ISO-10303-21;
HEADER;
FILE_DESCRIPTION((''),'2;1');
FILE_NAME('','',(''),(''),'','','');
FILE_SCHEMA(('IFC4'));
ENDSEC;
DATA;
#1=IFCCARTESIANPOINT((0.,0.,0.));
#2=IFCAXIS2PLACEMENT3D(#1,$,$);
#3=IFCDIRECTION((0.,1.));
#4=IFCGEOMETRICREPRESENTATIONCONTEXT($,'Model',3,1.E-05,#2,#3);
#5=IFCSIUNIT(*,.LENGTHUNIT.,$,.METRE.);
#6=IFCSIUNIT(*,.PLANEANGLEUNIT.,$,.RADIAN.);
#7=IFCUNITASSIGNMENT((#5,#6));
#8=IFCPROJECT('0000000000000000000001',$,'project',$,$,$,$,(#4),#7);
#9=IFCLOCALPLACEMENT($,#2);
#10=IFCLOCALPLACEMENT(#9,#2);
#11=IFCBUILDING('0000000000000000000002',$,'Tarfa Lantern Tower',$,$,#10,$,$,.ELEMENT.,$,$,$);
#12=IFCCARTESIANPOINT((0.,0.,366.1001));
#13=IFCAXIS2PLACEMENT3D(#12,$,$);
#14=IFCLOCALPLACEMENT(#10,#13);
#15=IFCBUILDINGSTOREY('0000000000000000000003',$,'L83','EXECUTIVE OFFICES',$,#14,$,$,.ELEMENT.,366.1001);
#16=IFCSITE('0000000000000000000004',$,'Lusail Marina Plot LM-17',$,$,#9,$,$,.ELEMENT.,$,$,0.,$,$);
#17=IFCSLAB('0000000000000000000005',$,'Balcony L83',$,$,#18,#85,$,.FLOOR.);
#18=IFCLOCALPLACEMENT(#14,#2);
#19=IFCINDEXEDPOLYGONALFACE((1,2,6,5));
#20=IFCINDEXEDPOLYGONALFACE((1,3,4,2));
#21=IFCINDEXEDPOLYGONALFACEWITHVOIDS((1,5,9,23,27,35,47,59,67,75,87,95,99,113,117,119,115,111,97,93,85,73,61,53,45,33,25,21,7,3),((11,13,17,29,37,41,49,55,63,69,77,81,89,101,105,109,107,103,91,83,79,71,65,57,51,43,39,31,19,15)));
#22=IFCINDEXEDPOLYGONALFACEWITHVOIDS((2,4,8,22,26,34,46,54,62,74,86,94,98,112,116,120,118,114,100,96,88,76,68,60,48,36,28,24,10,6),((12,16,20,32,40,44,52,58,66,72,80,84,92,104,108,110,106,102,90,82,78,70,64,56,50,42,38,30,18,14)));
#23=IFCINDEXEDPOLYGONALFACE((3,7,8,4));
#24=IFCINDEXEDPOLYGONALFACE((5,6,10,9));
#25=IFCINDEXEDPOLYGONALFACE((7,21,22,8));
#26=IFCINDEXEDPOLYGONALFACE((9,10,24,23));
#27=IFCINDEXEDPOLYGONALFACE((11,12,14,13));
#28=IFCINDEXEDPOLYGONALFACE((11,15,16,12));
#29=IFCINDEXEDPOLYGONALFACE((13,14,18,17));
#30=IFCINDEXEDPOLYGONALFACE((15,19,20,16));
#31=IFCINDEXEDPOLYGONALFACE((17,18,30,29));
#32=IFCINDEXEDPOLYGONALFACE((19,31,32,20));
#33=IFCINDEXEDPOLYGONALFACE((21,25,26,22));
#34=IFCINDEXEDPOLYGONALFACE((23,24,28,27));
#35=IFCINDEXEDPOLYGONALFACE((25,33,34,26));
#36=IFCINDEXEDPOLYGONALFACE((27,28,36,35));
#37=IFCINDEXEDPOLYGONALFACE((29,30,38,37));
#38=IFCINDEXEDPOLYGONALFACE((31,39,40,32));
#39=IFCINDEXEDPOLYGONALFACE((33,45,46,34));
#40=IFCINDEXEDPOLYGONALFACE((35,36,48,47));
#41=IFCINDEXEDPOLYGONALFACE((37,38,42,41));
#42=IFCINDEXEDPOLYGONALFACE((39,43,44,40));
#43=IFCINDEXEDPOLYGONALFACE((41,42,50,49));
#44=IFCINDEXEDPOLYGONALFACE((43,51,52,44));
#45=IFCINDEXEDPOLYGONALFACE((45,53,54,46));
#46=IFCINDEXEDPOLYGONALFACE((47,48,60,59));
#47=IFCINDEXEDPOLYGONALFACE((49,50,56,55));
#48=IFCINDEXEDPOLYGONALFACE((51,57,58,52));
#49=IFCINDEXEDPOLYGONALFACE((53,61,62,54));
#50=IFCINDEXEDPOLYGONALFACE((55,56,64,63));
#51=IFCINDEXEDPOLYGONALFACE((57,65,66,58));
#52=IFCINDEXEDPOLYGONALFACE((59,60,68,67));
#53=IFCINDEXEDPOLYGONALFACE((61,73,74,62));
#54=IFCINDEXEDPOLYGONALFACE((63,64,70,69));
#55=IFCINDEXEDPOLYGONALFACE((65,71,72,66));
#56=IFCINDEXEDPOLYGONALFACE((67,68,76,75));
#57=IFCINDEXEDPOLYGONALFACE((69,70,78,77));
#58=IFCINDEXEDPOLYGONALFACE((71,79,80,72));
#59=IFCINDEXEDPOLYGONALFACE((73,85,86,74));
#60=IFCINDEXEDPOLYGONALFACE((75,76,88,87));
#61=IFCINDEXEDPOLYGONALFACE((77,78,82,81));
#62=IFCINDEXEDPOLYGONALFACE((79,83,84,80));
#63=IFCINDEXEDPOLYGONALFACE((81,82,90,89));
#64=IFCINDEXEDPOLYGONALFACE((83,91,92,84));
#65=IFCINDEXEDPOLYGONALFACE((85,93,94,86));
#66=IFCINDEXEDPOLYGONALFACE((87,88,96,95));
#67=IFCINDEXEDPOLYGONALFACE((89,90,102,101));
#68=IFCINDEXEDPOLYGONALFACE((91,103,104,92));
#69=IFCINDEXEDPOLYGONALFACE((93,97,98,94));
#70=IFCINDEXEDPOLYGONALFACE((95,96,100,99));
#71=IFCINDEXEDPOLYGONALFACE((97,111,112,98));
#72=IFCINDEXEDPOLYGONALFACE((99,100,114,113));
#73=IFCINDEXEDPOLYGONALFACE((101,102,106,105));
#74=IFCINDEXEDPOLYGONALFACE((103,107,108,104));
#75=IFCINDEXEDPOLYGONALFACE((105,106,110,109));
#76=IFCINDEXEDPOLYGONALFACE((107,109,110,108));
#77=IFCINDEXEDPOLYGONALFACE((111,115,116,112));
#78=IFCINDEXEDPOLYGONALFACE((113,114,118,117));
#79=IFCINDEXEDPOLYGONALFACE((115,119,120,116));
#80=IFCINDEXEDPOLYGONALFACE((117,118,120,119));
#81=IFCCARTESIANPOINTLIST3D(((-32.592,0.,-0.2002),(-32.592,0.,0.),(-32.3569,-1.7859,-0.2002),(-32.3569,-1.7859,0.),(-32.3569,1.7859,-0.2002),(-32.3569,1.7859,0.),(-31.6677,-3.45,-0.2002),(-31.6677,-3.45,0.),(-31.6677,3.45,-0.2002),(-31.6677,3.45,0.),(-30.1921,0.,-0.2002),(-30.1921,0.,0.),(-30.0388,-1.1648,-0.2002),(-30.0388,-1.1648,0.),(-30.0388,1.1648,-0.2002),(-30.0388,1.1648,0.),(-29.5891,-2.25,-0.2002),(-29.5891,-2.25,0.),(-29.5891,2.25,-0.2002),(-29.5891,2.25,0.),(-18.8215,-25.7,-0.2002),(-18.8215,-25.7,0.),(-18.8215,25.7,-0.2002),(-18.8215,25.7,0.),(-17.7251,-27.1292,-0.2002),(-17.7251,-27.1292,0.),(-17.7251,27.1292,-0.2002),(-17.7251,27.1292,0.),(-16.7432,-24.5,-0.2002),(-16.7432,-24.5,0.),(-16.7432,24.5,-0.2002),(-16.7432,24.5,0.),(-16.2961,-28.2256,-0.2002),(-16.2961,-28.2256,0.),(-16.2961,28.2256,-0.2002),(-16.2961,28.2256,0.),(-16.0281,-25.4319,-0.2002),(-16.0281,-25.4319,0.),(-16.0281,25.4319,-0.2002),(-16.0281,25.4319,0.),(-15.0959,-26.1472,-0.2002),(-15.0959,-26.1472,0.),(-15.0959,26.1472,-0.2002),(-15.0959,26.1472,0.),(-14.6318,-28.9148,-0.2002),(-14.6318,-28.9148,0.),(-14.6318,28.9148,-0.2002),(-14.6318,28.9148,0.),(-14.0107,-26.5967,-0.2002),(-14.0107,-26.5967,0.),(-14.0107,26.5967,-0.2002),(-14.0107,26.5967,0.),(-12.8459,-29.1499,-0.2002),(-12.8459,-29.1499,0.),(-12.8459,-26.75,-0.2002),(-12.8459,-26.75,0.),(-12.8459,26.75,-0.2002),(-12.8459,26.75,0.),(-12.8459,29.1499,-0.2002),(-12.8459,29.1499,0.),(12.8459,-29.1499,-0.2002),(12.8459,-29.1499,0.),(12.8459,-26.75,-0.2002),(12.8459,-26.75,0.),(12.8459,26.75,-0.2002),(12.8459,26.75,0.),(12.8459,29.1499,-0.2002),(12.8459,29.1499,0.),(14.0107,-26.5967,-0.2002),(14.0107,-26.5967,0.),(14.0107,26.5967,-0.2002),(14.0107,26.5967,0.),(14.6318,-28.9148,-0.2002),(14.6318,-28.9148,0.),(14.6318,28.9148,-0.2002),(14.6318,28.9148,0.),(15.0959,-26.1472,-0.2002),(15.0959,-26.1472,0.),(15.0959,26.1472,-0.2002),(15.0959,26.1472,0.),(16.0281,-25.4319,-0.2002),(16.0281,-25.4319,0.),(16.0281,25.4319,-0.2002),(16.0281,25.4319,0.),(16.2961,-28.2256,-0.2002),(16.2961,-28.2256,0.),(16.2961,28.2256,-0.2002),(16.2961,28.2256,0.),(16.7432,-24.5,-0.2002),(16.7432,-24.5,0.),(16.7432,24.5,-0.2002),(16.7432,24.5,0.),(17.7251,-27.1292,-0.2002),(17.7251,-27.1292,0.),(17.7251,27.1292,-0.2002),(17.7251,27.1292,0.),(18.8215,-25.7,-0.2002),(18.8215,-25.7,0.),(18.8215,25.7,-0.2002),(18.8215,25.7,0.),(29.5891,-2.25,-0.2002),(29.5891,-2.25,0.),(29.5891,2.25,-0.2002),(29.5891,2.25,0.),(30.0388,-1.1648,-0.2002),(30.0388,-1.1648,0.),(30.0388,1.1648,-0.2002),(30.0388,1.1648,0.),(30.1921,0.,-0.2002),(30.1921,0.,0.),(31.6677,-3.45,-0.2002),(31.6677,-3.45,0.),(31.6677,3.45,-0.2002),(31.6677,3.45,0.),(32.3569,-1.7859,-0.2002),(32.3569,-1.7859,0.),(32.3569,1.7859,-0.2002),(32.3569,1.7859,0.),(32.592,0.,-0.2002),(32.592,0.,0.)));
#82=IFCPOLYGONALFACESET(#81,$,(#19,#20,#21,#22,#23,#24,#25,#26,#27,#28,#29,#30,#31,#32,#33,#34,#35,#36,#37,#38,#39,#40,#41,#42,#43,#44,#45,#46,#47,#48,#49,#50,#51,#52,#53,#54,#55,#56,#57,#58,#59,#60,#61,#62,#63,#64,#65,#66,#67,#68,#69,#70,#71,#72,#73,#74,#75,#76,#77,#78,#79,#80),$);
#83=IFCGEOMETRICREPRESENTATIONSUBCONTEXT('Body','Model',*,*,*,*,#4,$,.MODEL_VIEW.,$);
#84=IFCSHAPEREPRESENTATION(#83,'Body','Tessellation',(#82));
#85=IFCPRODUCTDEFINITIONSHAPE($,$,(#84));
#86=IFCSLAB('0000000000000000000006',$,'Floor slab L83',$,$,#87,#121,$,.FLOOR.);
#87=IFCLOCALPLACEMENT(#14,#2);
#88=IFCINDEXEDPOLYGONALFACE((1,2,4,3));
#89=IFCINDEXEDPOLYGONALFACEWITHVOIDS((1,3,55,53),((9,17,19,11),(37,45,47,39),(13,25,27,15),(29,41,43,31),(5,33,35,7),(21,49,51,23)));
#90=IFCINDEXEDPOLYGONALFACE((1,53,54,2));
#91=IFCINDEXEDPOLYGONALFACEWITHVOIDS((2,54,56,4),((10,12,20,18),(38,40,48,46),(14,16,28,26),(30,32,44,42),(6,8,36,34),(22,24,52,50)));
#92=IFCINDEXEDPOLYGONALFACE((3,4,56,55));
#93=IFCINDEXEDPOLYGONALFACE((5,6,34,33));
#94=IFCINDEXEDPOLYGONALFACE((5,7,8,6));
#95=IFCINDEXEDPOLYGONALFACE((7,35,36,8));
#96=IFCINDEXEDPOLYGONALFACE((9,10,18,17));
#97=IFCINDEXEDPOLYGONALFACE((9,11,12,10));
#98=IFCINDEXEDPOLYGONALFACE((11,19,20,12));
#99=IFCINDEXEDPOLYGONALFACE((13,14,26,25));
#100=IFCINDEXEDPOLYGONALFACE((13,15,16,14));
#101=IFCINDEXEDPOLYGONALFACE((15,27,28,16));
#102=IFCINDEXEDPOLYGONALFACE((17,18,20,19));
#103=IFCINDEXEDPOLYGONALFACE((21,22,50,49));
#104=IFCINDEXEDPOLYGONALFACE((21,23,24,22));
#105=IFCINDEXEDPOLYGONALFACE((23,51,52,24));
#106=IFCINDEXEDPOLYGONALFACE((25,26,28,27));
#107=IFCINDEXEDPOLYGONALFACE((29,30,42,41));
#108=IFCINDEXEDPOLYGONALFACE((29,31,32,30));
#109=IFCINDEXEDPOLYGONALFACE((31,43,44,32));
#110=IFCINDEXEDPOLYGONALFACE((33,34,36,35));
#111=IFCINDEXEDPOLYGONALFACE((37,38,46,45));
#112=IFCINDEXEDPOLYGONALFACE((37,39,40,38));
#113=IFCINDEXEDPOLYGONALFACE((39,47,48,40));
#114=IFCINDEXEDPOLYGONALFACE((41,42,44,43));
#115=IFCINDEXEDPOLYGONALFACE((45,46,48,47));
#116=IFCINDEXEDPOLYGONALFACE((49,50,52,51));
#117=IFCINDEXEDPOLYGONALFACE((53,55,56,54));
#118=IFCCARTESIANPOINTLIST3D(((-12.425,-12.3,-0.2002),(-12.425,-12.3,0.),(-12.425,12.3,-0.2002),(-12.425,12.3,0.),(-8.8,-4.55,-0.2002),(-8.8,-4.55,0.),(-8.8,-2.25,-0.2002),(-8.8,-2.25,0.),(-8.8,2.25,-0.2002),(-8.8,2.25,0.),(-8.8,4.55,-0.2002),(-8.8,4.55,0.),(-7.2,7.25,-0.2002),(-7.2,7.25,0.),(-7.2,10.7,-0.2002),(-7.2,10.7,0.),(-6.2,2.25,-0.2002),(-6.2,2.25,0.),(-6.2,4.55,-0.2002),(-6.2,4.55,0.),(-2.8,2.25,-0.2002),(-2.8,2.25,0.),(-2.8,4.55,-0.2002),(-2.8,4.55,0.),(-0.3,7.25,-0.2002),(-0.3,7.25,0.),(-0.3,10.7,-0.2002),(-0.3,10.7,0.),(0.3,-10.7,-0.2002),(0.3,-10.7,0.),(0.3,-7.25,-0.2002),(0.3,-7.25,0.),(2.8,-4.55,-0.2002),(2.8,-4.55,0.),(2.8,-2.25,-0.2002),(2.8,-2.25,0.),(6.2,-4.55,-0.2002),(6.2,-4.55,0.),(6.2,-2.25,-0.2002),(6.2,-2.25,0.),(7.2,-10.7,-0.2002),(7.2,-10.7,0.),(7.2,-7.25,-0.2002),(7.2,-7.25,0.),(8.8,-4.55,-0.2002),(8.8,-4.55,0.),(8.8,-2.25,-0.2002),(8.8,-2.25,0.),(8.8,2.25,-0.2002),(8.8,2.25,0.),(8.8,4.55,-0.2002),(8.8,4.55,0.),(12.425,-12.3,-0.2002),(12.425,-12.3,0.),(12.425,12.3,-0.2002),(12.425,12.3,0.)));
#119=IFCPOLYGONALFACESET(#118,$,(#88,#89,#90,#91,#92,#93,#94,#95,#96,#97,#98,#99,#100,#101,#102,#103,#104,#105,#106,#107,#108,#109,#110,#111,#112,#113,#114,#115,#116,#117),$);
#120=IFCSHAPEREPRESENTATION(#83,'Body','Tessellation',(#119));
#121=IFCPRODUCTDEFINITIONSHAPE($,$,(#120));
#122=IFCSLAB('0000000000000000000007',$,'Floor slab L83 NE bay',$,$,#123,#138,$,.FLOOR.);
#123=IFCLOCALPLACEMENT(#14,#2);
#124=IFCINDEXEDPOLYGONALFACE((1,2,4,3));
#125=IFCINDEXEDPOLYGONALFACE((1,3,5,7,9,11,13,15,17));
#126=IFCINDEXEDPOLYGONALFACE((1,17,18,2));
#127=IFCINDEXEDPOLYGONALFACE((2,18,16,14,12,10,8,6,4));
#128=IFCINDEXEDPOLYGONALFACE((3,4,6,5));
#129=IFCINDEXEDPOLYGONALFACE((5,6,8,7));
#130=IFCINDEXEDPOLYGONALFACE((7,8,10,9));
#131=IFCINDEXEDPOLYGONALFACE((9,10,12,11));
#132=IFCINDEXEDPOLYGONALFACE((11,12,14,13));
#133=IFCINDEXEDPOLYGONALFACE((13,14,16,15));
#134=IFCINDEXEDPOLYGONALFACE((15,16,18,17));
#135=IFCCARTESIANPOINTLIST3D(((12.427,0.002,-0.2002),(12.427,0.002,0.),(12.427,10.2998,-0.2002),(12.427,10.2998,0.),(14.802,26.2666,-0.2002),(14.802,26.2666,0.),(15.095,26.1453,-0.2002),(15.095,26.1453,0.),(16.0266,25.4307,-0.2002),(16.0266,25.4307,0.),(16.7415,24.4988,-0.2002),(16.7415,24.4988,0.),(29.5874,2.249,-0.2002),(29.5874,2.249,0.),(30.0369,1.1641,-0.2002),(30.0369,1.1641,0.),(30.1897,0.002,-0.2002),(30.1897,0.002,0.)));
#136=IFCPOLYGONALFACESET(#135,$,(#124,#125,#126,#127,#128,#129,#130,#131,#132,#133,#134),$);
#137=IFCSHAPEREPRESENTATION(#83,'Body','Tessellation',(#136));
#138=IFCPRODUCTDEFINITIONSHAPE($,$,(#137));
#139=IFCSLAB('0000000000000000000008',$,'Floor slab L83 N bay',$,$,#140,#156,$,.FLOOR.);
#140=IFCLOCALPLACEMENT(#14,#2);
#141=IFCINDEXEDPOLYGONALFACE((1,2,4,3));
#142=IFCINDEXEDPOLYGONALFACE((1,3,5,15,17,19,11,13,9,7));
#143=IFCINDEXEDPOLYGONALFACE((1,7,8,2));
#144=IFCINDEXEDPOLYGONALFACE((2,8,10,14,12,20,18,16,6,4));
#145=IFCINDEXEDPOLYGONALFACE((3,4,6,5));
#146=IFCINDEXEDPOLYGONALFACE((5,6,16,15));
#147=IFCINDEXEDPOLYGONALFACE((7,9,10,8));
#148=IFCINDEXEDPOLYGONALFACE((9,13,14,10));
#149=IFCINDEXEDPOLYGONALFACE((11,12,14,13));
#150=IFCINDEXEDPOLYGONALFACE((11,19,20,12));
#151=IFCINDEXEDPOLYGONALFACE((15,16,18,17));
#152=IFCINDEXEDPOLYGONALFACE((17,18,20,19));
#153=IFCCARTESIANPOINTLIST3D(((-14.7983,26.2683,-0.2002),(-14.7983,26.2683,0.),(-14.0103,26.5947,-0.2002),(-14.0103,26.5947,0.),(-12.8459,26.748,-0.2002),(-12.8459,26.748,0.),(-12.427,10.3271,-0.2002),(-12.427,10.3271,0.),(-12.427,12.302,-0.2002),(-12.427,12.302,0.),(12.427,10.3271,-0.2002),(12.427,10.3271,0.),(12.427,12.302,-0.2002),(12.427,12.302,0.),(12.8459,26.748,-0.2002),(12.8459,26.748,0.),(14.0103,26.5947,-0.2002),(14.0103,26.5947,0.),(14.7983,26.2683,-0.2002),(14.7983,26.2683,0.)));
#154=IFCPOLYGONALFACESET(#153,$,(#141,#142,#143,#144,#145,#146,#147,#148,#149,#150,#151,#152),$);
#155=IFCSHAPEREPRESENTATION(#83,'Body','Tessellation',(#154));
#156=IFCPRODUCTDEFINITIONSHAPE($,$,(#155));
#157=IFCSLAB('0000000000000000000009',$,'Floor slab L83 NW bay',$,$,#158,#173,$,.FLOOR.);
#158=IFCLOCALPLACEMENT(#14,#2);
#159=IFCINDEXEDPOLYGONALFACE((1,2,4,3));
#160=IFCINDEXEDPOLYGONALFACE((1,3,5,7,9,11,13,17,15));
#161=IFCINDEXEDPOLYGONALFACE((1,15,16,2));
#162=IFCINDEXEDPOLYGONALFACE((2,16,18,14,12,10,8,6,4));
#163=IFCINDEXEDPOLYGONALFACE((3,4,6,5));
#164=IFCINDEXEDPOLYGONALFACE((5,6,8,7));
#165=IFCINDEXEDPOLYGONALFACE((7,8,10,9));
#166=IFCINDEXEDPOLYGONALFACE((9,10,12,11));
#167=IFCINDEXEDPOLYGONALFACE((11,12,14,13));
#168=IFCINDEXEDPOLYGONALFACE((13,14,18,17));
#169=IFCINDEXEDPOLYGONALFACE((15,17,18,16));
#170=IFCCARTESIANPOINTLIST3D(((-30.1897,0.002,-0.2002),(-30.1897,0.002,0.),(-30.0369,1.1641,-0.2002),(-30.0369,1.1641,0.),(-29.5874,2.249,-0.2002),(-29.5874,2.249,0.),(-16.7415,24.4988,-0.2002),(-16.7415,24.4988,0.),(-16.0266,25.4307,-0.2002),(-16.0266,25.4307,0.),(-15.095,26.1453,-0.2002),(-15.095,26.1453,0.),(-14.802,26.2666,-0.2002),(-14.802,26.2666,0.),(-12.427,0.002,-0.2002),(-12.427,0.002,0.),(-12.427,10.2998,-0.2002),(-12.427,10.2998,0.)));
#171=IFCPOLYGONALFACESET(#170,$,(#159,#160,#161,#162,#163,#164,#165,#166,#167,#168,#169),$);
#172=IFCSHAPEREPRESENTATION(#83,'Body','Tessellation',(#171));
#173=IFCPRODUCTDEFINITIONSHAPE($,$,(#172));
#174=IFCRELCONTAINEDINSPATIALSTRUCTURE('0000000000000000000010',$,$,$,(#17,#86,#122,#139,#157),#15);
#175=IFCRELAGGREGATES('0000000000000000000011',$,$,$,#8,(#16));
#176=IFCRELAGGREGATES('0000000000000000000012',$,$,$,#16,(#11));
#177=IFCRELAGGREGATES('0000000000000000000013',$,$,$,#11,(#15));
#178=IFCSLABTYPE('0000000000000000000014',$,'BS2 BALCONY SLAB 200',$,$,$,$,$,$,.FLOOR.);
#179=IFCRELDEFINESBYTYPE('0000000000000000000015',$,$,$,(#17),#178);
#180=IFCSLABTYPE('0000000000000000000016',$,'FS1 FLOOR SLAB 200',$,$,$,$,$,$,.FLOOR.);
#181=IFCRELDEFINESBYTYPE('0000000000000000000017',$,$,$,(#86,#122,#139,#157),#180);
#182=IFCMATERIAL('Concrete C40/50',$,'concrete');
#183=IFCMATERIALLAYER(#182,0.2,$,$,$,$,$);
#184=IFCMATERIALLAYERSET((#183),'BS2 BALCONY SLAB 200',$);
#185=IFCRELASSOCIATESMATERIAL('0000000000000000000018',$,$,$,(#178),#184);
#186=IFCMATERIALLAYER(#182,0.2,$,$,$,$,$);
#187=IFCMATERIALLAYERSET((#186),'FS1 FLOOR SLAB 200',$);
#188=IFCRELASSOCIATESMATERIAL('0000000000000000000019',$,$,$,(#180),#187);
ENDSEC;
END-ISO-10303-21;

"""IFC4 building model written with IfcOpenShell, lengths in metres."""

from ifc_helpers import new_model, si_unit, direction, frame, origin, place, context, subcontext, project, spatial, polyline, outline, extrude, material, layer, layer_set, type_object, element, save


model = new_model("IFC4")

# Units and contexts
model_context = context("Model", 3, precision=1e-05, world=origin(), true_north=direction((0.0, 1.0)))
body_context = subcontext(model_context, "Body", "Model", "MODEL_VIEW")
ifc_project = project(units=[si_unit("LENGTHUNIT", "METRE"), si_unit("PLANEANGLEUNIT", "RADIAN")], contexts=[model_context])

# Site, building, storey
site_placement = place(None, origin())
site = spatial("IfcSite", under=ifc_project, at=site_placement, Name="Lusail Marina Plot LM-17", CompositionType="ELEMENT", RefElevation=0.0)
building_placement = place(site_placement, origin())
building = spatial("IfcBuilding", under=site, at=building_placement, Name="Tarfa Lantern Tower", CompositionType="ELEMENT")
storey_placement = place(building_placement, frame((0.0, 0.0, 366.1001)))
storey = spatial("IfcBuildingStorey", under=building, at=storey_placement, Name="L83", Description="EXECUTIVE OFFICES", CompositionType="ELEMENT", Elevation=366.1001)

# Slabs
ifc_material_1 = material(Name="Concrete C40/50", Category="concrete")
ifc_layer_1 = layer(ifc_material_1, 0.2)
ifc_layer_set_1 = layer_set([ifc_layer_1], Name="BS2 BALCONY SLAB 200")
slab_type_1 = type_object("IfcSlabType", Name="BS2 BALCONY SLAB 200", PredefinedType="FLOOR", material=ifc_layer_set_1)
slab_1_placement = place(storey_placement, frame((0.0, 0.0, -0.2002)))
element("IfcSlab", 1, at=slab_1_placement, inside=storey, type_object=slab_type_1, Name="Balcony L83", PredefinedType="FLOOR", context=body_context, shape_type="SweptSolid", body=[
    extrude(outline(polyline([(31.6677, 3.45), (18.8215, 25.7), (17.7251, 27.1292), (16.2961, 28.2256), (14.6318, 28.9148), (12.8459, 29.1499), (-12.8459, 29.1499), (-14.6318, 28.9148), (-16.2961, 28.2256), (-17.7251, 27.1292), (-18.8215, 25.7), (-31.6677, 3.45), (-32.3569, 1.7859), (-32.592, 0.0), (-32.3569, -1.7859), (-31.6677, -3.45), (-18.8215, -25.7), (-17.7251, -27.1292), (-16.2961, -28.2256), (-14.6318, -28.9148), (-12.8459, -29.1499), (12.8459, -29.1499), (14.6318, -28.9148), (16.2961, -28.2256), (17.7251, -27.1292), (18.8215, -25.7), (31.6677, -3.45), (32.3569, -1.7859), (32.592, 0.0), (32.3569, 1.7859), (31.6677, 3.45)]), holes=[polyline([(29.5891, 2.25), (16.7432, 24.5), (16.0281, 25.4319), (15.0959, 26.1472), (14.0107, 26.5967), (12.8459, 26.75), (-12.8459, 26.75), (-14.0107, 26.5967), (-15.0959, 26.1472), (-16.0281, 25.4319), (-16.7432, 24.5), (-29.5891, 2.25), (-30.0388, 1.1648), (-30.1921, 0.0), (-30.0388, -1.1648), (-29.5891, -2.25), (-16.7432, -24.5), (-16.0281, -25.4319), (-15.0959, -26.1472), (-14.0107, -26.5967), (-12.8459, -26.75), (12.8459, -26.75), (14.0107, -26.5967), (15.0959, -26.1472), (16.0281, -25.4319), (16.7432, -24.5), (29.5891, -2.25), (30.0388, -1.1648), (30.1921, 0.0), (30.0388, 1.1648), (29.5891, 2.25)])]), origin(), (0.0, 0.0, 1.0), 0.2002),
])
ifc_layer_2 = layer(ifc_material_1, 0.2)
ifc_layer_set_2 = layer_set([ifc_layer_2], Name="FS1 FLOOR SLAB 200")
slab_type_2 = type_object("IfcSlabType", Name="FS1 FLOOR SLAB 200", PredefinedType="FLOOR", material=ifc_layer_set_2)
slab_2_placement = place(storey_placement, frame((0.0, 0.0, -0.2002)))
element("IfcSlab", 2, at=slab_2_placement, inside=storey, type_object=slab_type_2, Name="Floor slab L83", PredefinedType="FLOOR", context=body_context, shape_type="SweptSolid", body=[
    extrude(outline(polyline([(-12.425, -12.3), (12.425, -12.3), (12.425, 12.3), (-12.425, 12.3), (-12.425, -12.3)]), holes=[polyline([(-8.8, 2.25), (-6.2, 2.25), (-6.2, 4.55), (-8.8, 4.55), (-8.8, 2.25)]), polyline([(-2.8, 2.25), (8.8, 2.25), (8.8, 4.55), (-2.8, 4.55), (-2.8, 2.25)]), polyline([(8.8, -2.25), (6.2, -2.25), (6.2, -4.55), (8.8, -4.55), (8.8, -2.25)]), polyline([(2.8, -2.25), (-8.8, -2.25), (-8.8, -4.55), (2.8, -4.55), (2.8, -2.25)]), polyline([(-7.2, 7.25), (-0.3, 7.25), (-0.3, 10.7), (-7.2, 10.7), (-7.2, 7.25)]), polyline([(7.2, -7.25), (0.3, -7.25), (0.3, -10.7), (7.2, -10.7), (7.2, -7.25)])]), origin(), (0.0, 0.0, 1.0), 0.2002),
])
slab_3_placement = place(storey_placement, frame((0.0, 0.0, -0.2002)))
element("IfcSlab", 3, at=slab_3_placement, inside=storey, type_object=slab_type_2, Name="Floor slab L83 NE bay", PredefinedType="FLOOR", context=body_context, shape_type="SweptSolid", body=[
    extrude(outline(polyline([(29.5874, 2.249), (16.7415, 24.4988), (16.0266, 25.4307), (15.095, 26.1453), (14.802, 26.2666), (12.427, 10.2998), (12.427, 0.002), (30.1897, 0.002), (30.0369, 1.1641), (29.5874, 2.249)])), origin(), (0.0, 0.0, 1.0), 0.2002),
])
slab_4_placement = place(storey_placement, frame((0.0, 0.0, -0.2002)))
element("IfcSlab", 4, at=slab_4_placement, inside=storey, type_object=slab_type_2, Name="Floor slab L83 N bay", PredefinedType="FLOOR", context=body_context, shape_type="SweptSolid", body=[
    extrude(outline(polyline([(-12.427, 10.3271), (-12.427, 12.302), (12.427, 12.302), (12.427, 10.3271), (14.7983, 26.2683), (14.0103, 26.5947), (12.8459, 26.748), (-12.8459, 26.748), (-14.0103, 26.5947), (-14.7983, 26.2683), (-12.427, 10.3271)])), origin(), (0.0, 0.0, 1.0), 0.2002),
])
slab_5_placement = place(storey_placement, frame((0.0, 0.0, -0.2002)))
element("IfcSlab", 5, at=slab_5_placement, inside=storey, type_object=slab_type_2, Name="Floor slab L83 NW bay", PredefinedType="FLOOR", context=body_context, shape_type="SweptSolid", body=[
    extrude(outline(polyline([(-12.427, 0.002), (-12.427, 10.2998), (-14.802, 26.2666), (-15.095, 26.1453), (-16.0266, 25.4307), (-16.7415, 24.4988), (-29.5874, 2.249), (-30.0369, 1.1641), (-30.1897, 0.002), (-12.427, 0.002)])), origin(), (0.0, 0.0, 1.0), 0.2002),
])

save(model, "model.ifc")
